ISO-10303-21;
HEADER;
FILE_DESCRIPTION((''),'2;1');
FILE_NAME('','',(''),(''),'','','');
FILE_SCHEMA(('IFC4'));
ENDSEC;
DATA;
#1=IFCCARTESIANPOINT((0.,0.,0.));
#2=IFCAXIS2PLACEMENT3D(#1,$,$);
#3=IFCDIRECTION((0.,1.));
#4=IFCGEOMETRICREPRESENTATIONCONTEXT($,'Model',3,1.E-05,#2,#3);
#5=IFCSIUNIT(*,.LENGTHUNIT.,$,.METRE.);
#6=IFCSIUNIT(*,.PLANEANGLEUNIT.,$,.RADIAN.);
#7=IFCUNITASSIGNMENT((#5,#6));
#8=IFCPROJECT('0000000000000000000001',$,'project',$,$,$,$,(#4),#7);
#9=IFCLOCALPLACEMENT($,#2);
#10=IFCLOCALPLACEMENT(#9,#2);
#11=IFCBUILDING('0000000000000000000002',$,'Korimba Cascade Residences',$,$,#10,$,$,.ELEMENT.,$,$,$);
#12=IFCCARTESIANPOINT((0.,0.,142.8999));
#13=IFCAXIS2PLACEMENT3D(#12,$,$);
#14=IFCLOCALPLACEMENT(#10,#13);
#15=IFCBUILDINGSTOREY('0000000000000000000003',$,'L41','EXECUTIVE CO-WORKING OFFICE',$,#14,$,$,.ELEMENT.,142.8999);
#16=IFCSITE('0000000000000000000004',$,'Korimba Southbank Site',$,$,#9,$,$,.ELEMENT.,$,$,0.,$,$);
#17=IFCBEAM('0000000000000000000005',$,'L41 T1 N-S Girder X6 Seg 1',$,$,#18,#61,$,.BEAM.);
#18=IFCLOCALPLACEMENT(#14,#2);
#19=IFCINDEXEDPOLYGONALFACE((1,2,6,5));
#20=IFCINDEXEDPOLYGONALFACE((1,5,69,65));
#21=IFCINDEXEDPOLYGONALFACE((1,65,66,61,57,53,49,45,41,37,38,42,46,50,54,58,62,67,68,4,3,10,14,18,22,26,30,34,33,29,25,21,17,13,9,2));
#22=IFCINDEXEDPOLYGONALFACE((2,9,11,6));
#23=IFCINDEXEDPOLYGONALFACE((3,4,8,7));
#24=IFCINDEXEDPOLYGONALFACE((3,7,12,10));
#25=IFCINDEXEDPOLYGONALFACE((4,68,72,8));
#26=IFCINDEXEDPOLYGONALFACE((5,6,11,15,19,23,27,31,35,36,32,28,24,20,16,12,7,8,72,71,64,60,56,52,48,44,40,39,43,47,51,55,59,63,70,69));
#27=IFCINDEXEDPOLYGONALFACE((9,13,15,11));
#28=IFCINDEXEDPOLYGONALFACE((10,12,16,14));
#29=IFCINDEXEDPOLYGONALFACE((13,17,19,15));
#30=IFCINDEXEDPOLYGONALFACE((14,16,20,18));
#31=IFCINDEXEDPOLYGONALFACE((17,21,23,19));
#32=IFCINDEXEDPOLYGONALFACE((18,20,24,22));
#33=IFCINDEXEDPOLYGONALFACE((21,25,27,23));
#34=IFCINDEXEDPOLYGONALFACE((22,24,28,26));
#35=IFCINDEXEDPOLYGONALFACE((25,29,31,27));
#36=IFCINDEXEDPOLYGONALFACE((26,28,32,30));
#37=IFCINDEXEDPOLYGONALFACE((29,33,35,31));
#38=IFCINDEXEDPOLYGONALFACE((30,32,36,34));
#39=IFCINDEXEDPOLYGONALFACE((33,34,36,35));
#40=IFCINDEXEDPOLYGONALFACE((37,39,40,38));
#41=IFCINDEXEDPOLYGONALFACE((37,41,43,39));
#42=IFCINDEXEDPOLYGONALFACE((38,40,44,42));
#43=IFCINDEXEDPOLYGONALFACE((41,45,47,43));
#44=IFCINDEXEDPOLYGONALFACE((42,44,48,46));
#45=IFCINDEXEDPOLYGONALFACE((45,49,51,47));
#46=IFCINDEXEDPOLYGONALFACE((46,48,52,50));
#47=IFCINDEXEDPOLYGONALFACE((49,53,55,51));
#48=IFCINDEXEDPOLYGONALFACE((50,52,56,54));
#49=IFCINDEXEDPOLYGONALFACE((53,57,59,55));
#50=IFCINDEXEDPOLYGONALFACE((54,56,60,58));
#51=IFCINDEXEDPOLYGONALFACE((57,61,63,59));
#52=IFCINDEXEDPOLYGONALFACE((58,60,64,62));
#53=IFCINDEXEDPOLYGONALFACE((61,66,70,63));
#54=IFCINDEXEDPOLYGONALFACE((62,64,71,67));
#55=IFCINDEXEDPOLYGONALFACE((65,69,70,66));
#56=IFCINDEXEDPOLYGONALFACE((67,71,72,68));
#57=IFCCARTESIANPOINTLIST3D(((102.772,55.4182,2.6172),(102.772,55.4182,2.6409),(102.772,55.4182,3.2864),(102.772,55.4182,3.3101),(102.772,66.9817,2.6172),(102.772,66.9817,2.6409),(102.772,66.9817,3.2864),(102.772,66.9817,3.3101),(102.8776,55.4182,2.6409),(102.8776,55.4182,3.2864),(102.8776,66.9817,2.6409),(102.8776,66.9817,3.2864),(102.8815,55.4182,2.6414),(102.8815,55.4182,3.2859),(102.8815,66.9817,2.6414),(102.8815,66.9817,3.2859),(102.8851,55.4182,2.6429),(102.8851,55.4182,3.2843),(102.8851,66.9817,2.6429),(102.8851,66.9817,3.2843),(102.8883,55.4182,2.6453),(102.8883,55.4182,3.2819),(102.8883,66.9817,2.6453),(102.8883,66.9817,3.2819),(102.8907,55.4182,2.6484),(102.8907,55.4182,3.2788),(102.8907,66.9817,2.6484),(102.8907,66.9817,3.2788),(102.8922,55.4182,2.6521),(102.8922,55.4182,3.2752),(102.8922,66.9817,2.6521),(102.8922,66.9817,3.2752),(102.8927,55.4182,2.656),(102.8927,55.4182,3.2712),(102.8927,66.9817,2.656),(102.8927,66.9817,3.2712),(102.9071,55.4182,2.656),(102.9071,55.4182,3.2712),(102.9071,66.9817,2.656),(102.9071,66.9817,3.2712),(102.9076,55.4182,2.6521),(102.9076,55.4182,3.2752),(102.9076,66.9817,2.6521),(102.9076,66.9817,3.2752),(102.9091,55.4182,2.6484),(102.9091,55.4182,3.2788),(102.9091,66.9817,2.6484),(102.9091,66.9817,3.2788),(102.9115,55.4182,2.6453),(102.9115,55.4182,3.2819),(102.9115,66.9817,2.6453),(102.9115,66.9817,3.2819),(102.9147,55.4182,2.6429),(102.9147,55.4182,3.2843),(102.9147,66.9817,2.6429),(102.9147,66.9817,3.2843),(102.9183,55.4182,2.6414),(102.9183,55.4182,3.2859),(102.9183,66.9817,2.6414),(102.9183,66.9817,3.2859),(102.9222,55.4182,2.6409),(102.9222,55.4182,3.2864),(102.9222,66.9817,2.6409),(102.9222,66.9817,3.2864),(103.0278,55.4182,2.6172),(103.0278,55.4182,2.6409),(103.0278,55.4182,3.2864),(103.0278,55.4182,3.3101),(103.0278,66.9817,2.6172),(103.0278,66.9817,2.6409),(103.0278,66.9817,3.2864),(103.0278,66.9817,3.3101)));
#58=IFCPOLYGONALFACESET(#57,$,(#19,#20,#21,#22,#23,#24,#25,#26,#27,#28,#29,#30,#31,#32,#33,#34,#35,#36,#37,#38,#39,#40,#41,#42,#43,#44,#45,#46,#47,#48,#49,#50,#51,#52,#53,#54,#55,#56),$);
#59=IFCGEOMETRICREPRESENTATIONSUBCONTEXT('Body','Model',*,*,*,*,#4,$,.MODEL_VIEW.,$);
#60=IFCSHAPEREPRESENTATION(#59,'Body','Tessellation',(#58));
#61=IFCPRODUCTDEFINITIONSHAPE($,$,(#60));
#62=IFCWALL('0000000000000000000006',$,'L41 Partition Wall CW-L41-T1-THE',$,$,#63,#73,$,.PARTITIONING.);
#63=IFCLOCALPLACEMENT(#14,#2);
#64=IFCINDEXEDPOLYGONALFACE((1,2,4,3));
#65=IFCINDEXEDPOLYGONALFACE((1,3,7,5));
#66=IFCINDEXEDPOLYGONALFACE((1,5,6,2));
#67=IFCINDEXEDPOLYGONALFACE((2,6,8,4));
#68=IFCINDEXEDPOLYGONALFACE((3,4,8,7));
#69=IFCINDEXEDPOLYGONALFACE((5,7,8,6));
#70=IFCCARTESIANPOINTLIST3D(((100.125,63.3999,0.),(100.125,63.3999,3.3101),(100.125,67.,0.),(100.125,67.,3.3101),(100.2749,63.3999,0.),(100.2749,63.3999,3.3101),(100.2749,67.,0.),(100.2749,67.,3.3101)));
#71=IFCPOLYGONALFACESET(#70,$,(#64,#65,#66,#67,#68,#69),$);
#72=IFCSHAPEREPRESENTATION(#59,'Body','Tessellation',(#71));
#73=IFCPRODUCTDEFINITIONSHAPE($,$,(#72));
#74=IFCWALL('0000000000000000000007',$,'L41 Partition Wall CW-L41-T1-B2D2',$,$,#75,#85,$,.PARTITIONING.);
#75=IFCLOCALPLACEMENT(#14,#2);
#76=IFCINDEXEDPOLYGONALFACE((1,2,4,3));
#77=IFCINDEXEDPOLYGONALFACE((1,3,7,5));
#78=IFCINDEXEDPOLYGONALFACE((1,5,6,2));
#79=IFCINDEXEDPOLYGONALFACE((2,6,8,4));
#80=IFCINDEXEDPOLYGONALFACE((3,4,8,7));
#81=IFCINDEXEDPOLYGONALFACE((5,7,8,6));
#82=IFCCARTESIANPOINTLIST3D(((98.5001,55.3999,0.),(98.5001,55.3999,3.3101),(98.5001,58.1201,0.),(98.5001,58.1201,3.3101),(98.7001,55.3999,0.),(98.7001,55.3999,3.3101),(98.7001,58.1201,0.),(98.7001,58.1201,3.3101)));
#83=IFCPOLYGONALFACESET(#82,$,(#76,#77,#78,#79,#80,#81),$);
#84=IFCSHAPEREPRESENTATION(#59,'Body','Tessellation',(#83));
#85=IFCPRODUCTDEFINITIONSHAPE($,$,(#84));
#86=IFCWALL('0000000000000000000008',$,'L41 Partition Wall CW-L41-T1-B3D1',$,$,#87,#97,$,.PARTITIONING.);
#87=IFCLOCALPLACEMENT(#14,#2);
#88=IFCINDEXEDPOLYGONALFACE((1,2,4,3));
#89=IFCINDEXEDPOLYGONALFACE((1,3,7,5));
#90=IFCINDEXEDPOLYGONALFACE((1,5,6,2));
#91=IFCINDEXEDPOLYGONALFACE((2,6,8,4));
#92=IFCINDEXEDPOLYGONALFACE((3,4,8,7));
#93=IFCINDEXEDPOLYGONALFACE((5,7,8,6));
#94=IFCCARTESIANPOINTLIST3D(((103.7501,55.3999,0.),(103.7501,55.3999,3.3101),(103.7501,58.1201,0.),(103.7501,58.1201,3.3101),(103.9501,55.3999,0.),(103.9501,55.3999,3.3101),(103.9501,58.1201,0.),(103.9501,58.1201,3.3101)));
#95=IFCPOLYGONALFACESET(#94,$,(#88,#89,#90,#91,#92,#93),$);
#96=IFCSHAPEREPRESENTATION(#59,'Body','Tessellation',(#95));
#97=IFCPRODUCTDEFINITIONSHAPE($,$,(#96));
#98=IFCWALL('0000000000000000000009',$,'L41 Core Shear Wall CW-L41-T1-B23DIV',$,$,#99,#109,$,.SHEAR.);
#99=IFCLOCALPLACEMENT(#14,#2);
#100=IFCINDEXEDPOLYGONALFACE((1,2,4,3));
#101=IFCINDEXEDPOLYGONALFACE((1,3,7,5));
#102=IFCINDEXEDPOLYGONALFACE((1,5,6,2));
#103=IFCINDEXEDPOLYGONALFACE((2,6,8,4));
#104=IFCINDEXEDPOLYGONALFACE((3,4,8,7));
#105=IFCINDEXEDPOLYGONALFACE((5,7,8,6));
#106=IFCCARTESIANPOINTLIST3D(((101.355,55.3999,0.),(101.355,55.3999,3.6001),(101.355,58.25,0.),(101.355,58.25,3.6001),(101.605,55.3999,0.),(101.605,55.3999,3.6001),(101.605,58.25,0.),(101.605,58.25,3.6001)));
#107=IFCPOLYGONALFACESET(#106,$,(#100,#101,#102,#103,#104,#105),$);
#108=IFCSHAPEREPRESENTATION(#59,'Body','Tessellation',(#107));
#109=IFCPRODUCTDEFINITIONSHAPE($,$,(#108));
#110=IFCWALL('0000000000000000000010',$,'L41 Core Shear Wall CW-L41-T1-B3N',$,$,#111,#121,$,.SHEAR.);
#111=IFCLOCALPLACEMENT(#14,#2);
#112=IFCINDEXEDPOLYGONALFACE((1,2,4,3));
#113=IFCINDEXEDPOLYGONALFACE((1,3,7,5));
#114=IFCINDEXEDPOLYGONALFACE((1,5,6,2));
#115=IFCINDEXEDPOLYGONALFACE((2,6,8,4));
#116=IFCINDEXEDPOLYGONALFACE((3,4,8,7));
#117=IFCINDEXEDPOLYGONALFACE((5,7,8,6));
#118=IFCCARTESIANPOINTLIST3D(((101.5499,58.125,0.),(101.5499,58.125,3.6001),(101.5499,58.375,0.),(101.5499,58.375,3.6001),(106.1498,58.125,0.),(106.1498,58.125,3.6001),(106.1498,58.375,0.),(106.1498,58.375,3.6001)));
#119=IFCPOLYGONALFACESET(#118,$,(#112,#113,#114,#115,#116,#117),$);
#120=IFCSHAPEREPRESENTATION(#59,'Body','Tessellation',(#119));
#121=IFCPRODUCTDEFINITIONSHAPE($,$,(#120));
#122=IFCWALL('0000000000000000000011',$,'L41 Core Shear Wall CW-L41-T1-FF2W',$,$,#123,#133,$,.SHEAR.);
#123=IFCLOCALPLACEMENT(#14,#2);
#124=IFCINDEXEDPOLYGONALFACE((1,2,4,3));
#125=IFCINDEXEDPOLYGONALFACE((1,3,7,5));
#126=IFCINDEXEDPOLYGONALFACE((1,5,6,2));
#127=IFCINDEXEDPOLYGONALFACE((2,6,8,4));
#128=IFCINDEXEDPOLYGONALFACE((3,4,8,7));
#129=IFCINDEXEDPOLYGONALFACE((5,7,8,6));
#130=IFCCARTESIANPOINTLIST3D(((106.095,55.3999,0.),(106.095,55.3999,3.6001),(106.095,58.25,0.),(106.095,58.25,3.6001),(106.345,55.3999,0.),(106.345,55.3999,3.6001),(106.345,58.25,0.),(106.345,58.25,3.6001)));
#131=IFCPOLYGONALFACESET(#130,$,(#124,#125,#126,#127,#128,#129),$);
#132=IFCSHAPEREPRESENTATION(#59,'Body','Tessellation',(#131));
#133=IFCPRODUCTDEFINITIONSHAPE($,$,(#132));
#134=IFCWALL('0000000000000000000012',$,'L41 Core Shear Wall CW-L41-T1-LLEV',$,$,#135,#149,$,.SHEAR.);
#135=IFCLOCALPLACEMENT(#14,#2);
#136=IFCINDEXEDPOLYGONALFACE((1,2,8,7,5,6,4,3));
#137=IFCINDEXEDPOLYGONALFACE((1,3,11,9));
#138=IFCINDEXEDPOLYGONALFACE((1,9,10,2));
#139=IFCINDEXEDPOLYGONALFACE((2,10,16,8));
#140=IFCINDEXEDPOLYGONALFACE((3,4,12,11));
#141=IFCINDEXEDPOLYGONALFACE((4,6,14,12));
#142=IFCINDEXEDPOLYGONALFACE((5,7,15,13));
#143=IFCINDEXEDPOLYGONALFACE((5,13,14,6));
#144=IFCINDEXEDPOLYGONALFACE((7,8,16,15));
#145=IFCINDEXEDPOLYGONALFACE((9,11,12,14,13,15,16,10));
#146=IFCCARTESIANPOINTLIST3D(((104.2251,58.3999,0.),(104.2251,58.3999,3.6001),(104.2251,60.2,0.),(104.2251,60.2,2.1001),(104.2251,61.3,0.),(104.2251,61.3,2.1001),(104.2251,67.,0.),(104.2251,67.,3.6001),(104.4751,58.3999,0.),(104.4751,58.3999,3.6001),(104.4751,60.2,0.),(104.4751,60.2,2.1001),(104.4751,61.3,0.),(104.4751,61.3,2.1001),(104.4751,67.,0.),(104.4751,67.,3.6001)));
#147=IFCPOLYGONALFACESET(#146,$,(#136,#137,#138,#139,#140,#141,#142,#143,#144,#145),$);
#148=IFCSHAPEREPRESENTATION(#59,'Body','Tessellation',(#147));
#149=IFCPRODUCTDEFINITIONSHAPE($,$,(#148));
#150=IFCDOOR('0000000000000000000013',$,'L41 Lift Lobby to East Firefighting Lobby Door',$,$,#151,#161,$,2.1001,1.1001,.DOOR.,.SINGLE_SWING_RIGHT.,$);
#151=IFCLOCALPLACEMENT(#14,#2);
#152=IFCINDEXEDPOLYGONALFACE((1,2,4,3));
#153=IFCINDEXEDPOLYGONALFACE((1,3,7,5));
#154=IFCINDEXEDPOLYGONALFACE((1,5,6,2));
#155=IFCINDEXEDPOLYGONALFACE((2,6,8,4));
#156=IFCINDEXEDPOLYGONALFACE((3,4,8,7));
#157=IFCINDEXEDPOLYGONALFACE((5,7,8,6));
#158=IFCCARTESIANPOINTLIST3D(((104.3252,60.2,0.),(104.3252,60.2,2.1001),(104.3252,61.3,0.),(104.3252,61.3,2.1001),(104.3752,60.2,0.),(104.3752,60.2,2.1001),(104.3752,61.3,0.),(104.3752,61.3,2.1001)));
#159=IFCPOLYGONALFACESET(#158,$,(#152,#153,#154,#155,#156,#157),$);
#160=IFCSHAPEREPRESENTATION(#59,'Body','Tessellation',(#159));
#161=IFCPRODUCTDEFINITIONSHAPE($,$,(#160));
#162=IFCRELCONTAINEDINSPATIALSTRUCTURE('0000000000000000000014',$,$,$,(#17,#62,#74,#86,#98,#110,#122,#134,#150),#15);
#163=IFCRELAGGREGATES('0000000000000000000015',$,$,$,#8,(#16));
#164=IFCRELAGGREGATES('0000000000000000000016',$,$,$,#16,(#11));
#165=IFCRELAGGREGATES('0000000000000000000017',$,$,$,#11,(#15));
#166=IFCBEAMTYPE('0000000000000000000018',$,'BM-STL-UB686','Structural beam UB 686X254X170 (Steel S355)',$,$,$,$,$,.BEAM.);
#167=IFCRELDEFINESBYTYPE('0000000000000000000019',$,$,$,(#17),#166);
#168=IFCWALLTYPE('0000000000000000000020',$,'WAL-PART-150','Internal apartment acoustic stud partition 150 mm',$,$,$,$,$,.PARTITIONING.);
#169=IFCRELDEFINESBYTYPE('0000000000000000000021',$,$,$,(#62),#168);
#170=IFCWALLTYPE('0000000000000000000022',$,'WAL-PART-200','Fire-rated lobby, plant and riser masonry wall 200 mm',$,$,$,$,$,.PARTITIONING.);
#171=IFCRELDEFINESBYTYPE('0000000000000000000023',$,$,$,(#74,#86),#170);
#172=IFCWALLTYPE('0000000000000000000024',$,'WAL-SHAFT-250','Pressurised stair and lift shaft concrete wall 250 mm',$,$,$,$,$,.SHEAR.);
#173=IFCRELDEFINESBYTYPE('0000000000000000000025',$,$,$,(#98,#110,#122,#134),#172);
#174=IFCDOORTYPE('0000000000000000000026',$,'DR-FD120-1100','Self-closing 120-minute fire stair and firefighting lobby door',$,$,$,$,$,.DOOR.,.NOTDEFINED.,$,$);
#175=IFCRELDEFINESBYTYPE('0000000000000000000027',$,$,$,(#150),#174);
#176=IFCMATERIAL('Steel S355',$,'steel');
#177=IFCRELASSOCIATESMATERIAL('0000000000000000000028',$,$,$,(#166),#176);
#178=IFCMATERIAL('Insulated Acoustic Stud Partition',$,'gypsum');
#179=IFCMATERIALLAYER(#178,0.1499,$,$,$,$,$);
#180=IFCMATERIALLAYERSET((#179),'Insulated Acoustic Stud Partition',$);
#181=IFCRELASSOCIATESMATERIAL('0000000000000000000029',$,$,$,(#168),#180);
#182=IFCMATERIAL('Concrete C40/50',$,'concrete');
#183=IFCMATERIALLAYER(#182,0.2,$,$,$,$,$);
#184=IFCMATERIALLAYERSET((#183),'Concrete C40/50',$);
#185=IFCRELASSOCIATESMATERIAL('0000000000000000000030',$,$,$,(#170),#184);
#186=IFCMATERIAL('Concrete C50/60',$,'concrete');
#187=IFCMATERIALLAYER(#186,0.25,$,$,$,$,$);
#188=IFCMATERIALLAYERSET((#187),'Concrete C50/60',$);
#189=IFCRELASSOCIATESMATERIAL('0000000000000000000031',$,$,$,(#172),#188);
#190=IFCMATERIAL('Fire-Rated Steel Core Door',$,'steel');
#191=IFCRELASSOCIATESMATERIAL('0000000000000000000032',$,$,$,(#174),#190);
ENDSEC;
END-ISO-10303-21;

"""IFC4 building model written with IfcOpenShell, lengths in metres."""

from ifc_helpers import new_model, si_unit, direction, frame, frame_2d, origin, origin_2d, place, context, subcontext, project, spatial, rectangle, i_section, extrude, material, layer, layer_set, material_profile, profile_set, type_object, element, fill, save


model = new_model("IFC4")

# Units and contexts
model_context = context("Model", 3, precision=1e-05, world=origin(), true_north=direction((0.0, 1.0)))
body_context = subcontext(model_context, "Body", "Model", "MODEL_VIEW")
ifc_project = project(units=[si_unit("LENGTHUNIT", "METRE"), si_unit("PLANEANGLEUNIT", "RADIAN")], contexts=[model_context])

# Site, building, storey
site_placement = place(None, origin())
site = spatial("IfcSite", under=ifc_project, at=site_placement, Name="Korimba Southbank Site", CompositionType="ELEMENT", RefElevation=0.0)
building_placement = place(site_placement, origin())
building = spatial("IfcBuilding", under=site, at=building_placement, Name="Korimba Cascade Residences", CompositionType="ELEMENT")
storey_placement = place(building_placement, frame((0.0, 0.0, 142.8999)))
storey = spatial("IfcBuildingStorey", under=building, at=storey_placement, Name="L41", Description="EXECUTIVE CO-WORKING OFFICE", CompositionType="ELEMENT", Elevation=142.8999)

# Beam
ifc_material_1 = material(Name="Steel S355", Category="steel")
ifc_material_profile = material_profile(ifc_material_1, i_section(OverallWidth=0.2559, OverallDepth=0.6929, WebThickness=0.0144, FlangeThickness=0.0237, FilletRadius=0.0151, at=origin_2d()), Name="Steel S355")
ifc_profile_set = profile_set([ifc_material_profile], Name="Steel S355")
beam_type = type_object("IfcBeamType", Name="BM-STL-UB686", Description="Structural beam UB 686X254X170 (Steel S355)", PredefinedType="BEAM", material=ifc_profile_set)
beam_placement = place(storey_placement, frame((102.8999, 55.4182, 2.9636), z_axis=(0.0, 1.0, 0.0), x_axis=(-1.0, 0.0, 0.0)))
element("IfcBeam", 1, at=beam_placement, inside=storey, type_object=beam_type, Name="L41 T1 N-S Girder X6 Seg 1", PredefinedType="BEAM", context=body_context, shape_type="SweptSolid", body=[
    extrude(i_section(OverallWidth=0.2559, OverallDepth=0.6929, WebThickness=0.0144, FlangeThickness=0.0237, FilletRadius=0.0151, at=origin_2d()), origin(), (0.0, 0.0, 1.0), 11.5635),
])

# Walls
ifc_material_2 = material(Name="Insulated Acoustic Stud Partition", Category="gypsum")
ifc_layer_1 = layer(ifc_material_2, 0.1499)
ifc_layer_set_1 = layer_set([ifc_layer_1], Name="Insulated Acoustic Stud Partition")
wall_type_1 = type_object("IfcWallType", Name="WAL-PART-150", Description="Internal apartment acoustic stud partition 150 mm", PredefinedType="PARTITIONING", material=ifc_layer_set_1)
wall_1_placement = place(storey_placement, frame((100.2, 63.3999, 0.0), z_axis=(0.0, 0.0, 1.0), x_axis=(0.0, 1.0, 0.0)))
element("IfcWall", 2, at=wall_1_placement, inside=storey, type_object=wall_type_1, Name="L41 Partition Wall CW-L41-T1-THE", PredefinedType="PARTITIONING", context=body_context, shape_type="SweptSolid", body=[
    extrude(rectangle(XDim=3.6001, YDim=0.1499, at=frame_2d((1.8, 0.0))), origin(), (0.0, 0.0, 1.0), 3.3101),
])
ifc_material_3 = material(Name="Concrete C40/50", Category="concrete")
ifc_layer_2 = layer(ifc_material_3, 0.2)
ifc_layer_set_2 = layer_set([ifc_layer_2], Name="Concrete C40/50")
wall_type_2 = type_object("IfcWallType", Name="WAL-PART-200", Description="Fire-rated lobby, plant and riser masonry wall 200 mm", PredefinedType="PARTITIONING", material=ifc_layer_set_2)
for number, where, z_axis, x_axis, name in (
    (3, (98.6001, 55.3999, 0.0), (0.0, 0.0, 1.0), (0.0, 1.0, 0.0), "L41 Partition Wall CW-L41-T1-B2D2"),
    (4, (103.8501, 55.3999, 0.0), (0.0, 0.0, 1.0), (0.0, 1.0, 0.0), "L41 Partition Wall CW-L41-T1-B3D1"),
):
    element("IfcWall", number, at=place(storey_placement, frame(where, z_axis=z_axis, x_axis=x_axis)), inside=storey, type_object=wall_type_2, Name=name, PredefinedType="PARTITIONING", context=body_context, shape_type="SweptSolid", body=[
        extrude(rectangle(XDim=2.7202, YDim=0.2, at=frame_2d((1.3601, 0.0))), origin(), (0.0, 0.0, 1.0), 3.3101),
    ])
ifc_material_4 = material(Name="Concrete C50/60", Category="concrete")
ifc_layer_3 = layer(ifc_material_4, 0.25)
ifc_layer_set_3 = layer_set([ifc_layer_3], Name="Concrete C50/60")
wall_type_3 = type_object("IfcWallType", Name="WAL-SHAFT-250", Description="Pressurised stair and lift shaft concrete wall 250 mm", PredefinedType="SHEAR", material=ifc_layer_set_3)
wall_2_placement = place(storey_placement, frame((101.48, 55.3999, 0.0), z_axis=(0.0, 0.0, 1.0), x_axis=(0.0, 1.0, 0.0)))
element("IfcWall", 5, at=wall_2_placement, inside=storey, type_object=wall_type_3, Name="L41 Core Shear Wall CW-L41-T1-B23DIV", PredefinedType="SHEAR", context=body_context, shape_type="SweptSolid", body=[
    extrude(rectangle(XDim=2.8501, YDim=0.25, at=frame_2d((1.425, 0.0))), origin(), (0.0, 0.0, 1.0), 3.6001),
])
wall_3_placement = place(storey_placement, frame((101.55, 58.25, 0.0), z_axis=(0.0, 0.0, 1.0), x_axis=(1.0, 0.0, 0.0)))
element("IfcWall", 6, at=wall_3_placement, inside=storey, type_object=wall_type_3, Name="L41 Core Shear Wall CW-L41-T1-B3N", PredefinedType="SHEAR", context=body_context, shape_type="SweptSolid", body=[
    extrude(rectangle(XDim=4.5999, YDim=0.25, at=frame_2d((2.2998, 0.0))), origin(), (0.0, 0.0, 1.0), 3.6001),
])
wall_4_placement = place(storey_placement, frame((106.22, 55.3999, 0.0), z_axis=(0.0, 0.0, 1.0), x_axis=(0.0, 1.0, 0.0)))
element("IfcWall", 7, at=wall_4_placement, inside=storey, type_object=wall_type_3, Name="L41 Core Shear Wall CW-L41-T1-FF2W", PredefinedType="SHEAR", context=body_context, shape_type="SweptSolid", body=[
    extrude(rectangle(XDim=2.8501, YDim=0.25, at=frame_2d((1.425, 0.0))), origin(), (0.0, 0.0, 1.0), 3.6001),
])

# Wall, opening, door
wall_5_placement = place(storey_placement, frame((104.3501, 58.3999, 0.0), z_axis=(0.0, 0.0, 1.0), x_axis=(0.0, 1.0, 0.0)))
wall_5 = element("IfcWall", 8, at=wall_5_placement, inside=storey, type_object=wall_type_3, Name="L41 Core Shear Wall CW-L41-T1-LLEV", PredefinedType="SHEAR", context=body_context, shape_type="SweptSolid", body=[
    extrude(rectangle(XDim=8.6001, YDim=0.25, at=frame_2d((4.3, 0.0))), origin(), (0.0, 0.0, 1.0), 3.6001),
])
opening_1_placement = place(wall_5_placement, frame((1.8, 0.0, 0.0)))
opening_1 = element("IfcOpeningElement", 9, at=opening_1_placement, cuts=wall_5, PredefinedType="OPENING", context=body_context, shape_type="SweptSolid", body=[
    extrude(rectangle(XDim=1.1001, YDim=2.1001, at=frame_2d((0.55, 1.05))), frame((0.0, 0.135, 0.0), z_axis=(0.0, -1.0, 0.0), x_axis=(1.0, 0.0, 0.0)), (0.0, 0.0, 1.0), 0.27),
])
ifc_material_5 = material(Name="Fire-Rated Steel Core Door", Category="steel")
door_type_1 = type_object("IfcDoorType", Name="DR-FD120-1100", Description="Self-closing 120-minute fire stair and firefighting lobby door", OperationType="NOTDEFINED", PredefinedType="DOOR", material=ifc_material_5)
door_1_placement = place(opening_1_placement, origin())
door_1 = element("IfcDoor", 10, at=door_1_placement, inside=storey, type_object=door_type_1, Name="L41 Lift Lobby to East Firefighting Lobby Door", OperationType="SINGLE_SWING_RIGHT", OverallHeight=2.1001, OverallWidth=1.1001, PredefinedType="DOOR", context=body_context, shape_type="SweptSolid", body=[
    extrude(rectangle(XDim=1.1001, YDim=2.1001, at=frame_2d((0.55, 1.05))), frame((0.0, 0.0249, 0.0), z_axis=(0.0, -1.0, 0.0), x_axis=(1.0, 0.0, 0.0)), (0.0, 0.0, 1.0), 0.05),
])
fill(opening_1, door_1)

save(model, "model.ifc")
